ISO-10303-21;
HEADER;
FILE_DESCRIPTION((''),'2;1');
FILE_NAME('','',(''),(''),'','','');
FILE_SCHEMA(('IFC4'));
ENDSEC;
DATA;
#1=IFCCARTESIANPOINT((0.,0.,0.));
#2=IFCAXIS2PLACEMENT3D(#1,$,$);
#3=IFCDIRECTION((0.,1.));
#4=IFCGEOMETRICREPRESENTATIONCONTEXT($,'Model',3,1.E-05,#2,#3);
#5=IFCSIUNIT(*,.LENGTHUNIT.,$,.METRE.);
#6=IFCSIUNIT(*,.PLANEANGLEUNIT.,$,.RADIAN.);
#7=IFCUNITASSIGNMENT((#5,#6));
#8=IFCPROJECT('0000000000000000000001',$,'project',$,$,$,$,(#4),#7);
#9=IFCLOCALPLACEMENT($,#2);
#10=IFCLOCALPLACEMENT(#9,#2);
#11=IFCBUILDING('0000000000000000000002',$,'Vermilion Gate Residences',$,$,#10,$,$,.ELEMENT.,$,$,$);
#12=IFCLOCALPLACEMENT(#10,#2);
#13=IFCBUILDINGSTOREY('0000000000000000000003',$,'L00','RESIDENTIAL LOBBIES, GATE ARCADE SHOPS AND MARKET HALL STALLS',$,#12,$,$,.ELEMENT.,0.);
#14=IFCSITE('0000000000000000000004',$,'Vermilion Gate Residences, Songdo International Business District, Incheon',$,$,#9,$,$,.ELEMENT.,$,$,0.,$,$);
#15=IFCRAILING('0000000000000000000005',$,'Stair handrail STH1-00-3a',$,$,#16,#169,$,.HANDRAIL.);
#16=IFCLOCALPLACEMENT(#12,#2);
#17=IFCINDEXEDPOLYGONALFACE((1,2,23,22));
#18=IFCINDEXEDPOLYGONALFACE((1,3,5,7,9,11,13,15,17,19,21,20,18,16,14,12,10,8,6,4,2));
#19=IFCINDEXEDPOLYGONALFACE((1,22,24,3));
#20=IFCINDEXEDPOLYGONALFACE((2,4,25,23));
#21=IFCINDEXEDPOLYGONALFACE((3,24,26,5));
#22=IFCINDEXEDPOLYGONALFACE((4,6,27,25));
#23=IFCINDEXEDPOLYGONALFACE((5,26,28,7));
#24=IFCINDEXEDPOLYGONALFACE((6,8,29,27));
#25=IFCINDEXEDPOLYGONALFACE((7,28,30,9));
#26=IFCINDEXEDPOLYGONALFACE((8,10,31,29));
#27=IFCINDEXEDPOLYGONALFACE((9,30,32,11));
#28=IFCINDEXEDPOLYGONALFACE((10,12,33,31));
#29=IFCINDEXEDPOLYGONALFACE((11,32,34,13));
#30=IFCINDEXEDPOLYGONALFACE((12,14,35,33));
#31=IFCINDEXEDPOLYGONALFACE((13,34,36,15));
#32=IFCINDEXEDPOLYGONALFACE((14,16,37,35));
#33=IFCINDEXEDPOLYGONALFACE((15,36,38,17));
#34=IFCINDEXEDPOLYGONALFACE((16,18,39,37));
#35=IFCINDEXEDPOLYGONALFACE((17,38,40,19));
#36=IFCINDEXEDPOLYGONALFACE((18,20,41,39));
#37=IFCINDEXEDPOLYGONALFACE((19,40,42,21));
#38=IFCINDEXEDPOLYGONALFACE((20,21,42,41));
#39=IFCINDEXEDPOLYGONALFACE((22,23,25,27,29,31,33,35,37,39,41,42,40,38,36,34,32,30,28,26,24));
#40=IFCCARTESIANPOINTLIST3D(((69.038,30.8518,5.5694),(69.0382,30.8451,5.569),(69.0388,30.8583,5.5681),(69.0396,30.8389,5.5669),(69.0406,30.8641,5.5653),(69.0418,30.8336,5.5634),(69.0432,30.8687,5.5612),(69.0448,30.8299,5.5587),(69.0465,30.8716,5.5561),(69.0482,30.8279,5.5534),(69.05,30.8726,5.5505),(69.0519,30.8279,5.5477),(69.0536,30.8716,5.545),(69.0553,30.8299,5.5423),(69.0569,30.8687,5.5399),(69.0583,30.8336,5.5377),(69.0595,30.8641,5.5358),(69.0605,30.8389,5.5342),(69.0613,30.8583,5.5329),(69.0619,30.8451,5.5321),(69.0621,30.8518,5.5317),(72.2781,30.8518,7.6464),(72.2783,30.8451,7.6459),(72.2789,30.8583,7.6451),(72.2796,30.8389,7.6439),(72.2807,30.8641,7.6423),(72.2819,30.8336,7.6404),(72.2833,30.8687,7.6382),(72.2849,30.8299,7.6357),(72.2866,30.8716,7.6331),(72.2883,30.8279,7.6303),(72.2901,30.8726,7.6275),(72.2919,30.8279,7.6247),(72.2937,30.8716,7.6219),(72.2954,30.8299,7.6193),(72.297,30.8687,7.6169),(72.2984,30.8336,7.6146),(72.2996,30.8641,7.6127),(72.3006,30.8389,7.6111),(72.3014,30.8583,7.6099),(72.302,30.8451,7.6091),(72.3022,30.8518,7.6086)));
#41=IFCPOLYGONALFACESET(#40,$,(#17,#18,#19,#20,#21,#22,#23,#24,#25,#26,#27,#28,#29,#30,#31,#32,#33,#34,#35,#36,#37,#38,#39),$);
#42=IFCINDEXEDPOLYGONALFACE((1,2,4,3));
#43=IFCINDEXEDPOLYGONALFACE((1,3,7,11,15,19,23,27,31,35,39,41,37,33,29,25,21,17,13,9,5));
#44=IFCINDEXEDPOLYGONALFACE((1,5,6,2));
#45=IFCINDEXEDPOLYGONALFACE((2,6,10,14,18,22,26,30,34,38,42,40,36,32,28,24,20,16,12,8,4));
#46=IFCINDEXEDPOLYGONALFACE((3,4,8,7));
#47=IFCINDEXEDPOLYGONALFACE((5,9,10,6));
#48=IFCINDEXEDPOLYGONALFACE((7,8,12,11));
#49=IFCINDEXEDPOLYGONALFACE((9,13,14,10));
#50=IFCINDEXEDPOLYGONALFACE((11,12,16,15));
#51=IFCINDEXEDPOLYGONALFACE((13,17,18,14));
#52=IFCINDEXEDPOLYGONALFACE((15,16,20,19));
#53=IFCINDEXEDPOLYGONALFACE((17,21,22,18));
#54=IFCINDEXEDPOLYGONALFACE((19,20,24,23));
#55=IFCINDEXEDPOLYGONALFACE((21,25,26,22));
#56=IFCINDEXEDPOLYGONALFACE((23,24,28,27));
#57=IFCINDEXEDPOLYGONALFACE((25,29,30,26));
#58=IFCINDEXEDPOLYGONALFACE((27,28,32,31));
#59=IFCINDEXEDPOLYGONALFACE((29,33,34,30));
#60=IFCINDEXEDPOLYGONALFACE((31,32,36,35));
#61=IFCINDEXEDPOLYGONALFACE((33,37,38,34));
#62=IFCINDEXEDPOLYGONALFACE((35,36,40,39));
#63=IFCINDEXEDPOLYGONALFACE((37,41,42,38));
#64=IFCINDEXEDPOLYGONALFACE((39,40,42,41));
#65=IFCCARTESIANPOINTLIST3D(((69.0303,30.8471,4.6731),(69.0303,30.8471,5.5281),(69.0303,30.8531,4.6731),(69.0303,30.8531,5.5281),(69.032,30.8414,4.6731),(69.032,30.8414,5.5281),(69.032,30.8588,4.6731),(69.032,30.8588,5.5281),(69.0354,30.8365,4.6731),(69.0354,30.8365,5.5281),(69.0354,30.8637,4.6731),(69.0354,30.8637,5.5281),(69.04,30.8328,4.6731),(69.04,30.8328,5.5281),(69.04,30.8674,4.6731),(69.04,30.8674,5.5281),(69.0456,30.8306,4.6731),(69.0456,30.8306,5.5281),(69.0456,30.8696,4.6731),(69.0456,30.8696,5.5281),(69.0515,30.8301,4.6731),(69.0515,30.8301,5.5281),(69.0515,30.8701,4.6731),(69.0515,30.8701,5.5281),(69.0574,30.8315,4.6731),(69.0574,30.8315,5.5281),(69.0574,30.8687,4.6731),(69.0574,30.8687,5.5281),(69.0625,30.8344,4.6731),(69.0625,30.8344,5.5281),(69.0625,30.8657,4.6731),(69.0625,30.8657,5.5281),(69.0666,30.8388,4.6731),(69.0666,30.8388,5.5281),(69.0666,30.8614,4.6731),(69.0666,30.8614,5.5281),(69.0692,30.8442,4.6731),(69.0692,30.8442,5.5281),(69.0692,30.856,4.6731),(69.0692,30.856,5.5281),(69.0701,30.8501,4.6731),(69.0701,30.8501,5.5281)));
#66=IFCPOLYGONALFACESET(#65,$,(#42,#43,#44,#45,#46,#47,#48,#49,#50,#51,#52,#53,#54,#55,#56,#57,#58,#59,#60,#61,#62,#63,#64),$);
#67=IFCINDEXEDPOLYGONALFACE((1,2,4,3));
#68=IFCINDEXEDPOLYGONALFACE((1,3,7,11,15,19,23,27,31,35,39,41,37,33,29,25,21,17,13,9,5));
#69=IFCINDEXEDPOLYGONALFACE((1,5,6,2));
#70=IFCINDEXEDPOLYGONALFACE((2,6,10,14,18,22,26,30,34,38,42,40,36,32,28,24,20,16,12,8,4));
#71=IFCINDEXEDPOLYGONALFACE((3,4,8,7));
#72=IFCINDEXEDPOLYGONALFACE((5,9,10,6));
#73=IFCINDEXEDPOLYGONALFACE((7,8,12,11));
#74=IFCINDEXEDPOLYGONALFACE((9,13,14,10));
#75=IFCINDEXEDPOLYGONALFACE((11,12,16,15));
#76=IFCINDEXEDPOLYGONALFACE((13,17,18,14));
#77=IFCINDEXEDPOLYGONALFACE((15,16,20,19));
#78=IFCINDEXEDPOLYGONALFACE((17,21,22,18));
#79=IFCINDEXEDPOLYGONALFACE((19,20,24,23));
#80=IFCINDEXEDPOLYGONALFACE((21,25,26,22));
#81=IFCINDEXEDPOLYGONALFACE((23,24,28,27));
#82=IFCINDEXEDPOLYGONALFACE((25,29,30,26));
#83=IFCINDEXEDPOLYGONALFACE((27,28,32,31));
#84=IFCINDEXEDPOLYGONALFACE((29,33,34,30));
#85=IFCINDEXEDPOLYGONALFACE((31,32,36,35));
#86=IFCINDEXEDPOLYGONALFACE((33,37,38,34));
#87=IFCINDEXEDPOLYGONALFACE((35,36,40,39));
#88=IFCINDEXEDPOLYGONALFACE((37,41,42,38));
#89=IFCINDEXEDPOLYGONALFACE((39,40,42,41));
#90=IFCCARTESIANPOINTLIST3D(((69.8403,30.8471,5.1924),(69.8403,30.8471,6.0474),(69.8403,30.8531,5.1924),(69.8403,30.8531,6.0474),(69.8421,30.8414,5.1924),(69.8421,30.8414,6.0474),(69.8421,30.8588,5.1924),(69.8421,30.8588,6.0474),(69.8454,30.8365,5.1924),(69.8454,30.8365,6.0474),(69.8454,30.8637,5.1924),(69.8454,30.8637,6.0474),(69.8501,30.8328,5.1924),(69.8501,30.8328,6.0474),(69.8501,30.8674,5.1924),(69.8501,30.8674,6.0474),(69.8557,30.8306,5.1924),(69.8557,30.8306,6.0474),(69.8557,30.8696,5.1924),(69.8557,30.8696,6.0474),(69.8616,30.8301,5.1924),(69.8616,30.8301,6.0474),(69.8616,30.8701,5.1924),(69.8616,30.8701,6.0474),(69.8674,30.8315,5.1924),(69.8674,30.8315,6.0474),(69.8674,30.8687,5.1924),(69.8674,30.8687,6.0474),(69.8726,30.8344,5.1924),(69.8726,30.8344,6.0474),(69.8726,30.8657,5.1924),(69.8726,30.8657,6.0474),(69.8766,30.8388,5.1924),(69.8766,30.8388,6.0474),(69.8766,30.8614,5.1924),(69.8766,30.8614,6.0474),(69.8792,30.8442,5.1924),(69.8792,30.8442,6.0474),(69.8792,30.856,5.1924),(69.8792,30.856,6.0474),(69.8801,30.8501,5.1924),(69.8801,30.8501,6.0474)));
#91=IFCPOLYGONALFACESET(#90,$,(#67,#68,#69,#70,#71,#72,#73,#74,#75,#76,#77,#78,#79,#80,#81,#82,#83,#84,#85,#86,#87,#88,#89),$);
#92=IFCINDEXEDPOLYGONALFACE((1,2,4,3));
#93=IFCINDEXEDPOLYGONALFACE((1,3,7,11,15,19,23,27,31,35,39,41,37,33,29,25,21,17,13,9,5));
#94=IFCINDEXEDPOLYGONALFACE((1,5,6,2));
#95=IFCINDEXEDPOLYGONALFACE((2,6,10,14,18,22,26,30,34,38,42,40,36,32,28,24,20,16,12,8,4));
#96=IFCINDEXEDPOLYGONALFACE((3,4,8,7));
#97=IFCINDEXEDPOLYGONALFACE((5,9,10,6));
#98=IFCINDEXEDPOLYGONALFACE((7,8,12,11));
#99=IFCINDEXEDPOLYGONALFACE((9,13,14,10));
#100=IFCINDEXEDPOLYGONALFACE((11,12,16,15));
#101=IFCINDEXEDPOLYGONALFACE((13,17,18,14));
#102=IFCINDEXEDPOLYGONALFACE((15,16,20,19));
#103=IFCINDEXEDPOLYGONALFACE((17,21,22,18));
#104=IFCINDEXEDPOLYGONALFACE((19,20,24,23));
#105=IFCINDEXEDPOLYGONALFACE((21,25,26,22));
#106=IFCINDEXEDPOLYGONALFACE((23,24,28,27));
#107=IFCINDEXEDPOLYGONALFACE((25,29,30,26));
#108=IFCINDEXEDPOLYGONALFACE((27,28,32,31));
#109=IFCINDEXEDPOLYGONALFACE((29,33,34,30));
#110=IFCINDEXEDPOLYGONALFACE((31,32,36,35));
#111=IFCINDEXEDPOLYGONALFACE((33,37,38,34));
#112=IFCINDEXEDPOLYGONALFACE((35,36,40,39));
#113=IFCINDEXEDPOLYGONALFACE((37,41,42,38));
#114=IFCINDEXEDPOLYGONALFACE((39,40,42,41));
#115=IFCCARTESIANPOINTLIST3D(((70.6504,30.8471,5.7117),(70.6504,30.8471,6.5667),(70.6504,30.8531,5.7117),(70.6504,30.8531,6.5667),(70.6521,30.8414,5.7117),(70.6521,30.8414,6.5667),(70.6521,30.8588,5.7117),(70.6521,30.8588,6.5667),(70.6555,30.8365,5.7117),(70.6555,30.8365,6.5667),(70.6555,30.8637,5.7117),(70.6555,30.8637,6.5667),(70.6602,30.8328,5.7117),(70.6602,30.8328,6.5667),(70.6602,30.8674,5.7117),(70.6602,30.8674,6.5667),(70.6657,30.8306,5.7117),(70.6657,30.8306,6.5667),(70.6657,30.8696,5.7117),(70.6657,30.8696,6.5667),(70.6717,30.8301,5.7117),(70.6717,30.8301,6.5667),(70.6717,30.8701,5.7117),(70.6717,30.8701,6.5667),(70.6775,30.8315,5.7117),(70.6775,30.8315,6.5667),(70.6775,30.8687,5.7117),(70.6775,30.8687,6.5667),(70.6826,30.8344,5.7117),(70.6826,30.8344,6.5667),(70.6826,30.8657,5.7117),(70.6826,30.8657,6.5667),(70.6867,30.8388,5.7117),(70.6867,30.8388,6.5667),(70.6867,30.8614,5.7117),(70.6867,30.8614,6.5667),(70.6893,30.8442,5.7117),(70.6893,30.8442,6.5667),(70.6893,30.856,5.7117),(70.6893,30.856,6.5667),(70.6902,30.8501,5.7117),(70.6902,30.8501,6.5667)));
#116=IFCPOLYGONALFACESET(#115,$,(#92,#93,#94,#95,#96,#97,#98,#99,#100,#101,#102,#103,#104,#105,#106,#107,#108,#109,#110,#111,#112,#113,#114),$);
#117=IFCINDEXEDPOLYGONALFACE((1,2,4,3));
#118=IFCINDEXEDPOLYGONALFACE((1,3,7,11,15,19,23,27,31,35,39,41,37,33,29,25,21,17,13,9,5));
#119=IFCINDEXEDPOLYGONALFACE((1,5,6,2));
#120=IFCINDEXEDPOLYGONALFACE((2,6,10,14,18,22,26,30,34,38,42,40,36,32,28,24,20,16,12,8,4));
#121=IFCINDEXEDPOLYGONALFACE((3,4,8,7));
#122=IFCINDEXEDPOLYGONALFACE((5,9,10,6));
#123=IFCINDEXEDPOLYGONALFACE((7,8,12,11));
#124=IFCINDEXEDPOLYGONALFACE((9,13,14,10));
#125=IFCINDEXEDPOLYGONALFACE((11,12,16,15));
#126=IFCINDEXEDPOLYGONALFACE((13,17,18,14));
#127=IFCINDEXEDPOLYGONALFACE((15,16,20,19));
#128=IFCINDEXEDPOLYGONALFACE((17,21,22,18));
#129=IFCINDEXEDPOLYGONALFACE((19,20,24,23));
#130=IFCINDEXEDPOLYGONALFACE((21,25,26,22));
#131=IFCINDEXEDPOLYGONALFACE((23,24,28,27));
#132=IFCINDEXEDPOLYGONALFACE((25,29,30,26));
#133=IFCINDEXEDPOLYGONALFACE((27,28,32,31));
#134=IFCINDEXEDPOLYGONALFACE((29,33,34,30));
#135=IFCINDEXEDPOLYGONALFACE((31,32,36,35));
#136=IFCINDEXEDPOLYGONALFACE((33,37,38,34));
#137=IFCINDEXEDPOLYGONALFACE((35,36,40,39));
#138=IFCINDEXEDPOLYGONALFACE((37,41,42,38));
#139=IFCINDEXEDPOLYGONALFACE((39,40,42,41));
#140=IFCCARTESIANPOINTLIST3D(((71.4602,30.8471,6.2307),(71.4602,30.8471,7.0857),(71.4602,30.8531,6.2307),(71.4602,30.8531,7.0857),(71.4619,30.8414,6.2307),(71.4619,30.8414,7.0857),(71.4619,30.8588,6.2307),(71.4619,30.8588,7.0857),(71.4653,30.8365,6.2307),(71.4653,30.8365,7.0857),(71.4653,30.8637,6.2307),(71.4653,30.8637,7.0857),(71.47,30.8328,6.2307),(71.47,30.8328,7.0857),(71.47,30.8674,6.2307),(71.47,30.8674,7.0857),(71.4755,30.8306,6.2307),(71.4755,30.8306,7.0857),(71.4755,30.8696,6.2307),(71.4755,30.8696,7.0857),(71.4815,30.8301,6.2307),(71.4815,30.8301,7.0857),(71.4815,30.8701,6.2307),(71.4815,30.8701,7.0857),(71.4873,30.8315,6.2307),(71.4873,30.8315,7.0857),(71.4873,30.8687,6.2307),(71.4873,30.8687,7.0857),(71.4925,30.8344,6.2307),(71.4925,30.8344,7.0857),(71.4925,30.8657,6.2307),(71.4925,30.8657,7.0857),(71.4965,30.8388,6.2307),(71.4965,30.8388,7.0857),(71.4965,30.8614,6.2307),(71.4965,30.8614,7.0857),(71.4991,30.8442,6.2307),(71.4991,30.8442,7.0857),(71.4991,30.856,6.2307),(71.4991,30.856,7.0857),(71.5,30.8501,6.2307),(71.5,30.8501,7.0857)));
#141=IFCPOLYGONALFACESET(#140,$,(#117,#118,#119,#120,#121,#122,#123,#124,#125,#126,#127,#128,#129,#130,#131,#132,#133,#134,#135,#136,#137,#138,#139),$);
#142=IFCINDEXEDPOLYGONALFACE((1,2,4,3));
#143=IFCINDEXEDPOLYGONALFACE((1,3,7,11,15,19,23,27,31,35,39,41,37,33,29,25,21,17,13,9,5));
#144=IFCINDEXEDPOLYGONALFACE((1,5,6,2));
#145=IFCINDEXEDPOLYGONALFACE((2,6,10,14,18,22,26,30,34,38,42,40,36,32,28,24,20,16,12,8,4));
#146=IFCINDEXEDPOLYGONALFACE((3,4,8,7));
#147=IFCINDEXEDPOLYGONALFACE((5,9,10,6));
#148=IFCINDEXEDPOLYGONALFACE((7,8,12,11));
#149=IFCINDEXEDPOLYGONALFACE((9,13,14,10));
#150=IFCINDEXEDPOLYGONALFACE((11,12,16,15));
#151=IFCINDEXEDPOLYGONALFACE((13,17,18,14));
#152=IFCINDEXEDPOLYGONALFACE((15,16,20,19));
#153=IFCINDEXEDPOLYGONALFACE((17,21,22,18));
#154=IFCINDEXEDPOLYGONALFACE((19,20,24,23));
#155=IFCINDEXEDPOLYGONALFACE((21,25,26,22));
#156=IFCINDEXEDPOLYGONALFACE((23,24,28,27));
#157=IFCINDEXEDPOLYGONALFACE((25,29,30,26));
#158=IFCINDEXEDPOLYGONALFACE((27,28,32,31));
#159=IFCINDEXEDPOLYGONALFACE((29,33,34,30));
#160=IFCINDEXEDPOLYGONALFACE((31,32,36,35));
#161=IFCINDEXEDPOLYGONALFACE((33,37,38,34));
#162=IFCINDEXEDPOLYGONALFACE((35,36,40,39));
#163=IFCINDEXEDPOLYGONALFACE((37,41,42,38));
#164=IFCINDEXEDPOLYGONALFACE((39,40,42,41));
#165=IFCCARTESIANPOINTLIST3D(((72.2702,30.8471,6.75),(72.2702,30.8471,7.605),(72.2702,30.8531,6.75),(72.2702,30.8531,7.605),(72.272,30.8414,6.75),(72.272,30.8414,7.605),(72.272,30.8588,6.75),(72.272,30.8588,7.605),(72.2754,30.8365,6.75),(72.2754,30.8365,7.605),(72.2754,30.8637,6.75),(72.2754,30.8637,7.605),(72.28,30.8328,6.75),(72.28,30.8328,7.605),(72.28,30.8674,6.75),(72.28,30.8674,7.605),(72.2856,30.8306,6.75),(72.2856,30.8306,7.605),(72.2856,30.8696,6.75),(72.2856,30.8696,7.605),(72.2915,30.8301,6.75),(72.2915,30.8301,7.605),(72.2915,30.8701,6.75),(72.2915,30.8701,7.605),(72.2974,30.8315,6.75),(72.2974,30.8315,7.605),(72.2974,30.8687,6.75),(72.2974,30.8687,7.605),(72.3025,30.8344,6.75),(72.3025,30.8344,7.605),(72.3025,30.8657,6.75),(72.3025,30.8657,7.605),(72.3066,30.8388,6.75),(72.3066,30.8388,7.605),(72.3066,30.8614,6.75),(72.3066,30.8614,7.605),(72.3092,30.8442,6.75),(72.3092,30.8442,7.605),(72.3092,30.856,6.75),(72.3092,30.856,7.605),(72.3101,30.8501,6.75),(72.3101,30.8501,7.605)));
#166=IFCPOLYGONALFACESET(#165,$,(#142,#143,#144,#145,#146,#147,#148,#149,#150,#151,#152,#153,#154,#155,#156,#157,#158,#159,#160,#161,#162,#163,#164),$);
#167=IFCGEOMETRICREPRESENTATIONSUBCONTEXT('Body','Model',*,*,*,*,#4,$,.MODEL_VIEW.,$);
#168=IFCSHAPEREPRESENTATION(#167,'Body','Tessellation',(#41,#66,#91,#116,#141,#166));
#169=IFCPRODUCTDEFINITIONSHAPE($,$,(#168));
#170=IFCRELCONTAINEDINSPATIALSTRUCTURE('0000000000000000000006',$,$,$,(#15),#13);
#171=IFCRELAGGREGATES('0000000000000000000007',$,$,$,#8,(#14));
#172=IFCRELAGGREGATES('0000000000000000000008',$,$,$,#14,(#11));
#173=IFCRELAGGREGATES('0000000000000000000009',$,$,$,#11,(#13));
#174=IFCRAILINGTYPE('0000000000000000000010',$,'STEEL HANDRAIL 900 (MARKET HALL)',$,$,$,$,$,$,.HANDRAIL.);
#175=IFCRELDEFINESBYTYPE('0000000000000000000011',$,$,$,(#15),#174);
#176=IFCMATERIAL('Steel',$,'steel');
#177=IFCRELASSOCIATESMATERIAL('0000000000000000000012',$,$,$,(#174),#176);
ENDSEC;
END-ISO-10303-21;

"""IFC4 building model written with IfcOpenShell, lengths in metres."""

from ifc_helpers import new_model, si_unit, direction, frame, origin, origin_2d, place, context, subcontext, project, spatial, circle, extrude, material, type_object, element, save


model = new_model("IFC4")

# Units and contexts
model_context = context("Model", 3, precision=1e-05, world=origin(), true_north=direction((0.0, 1.0)))
body_context = subcontext(model_context, "Body", "Model", "MODEL_VIEW")
ifc_project = project(units=[si_unit("LENGTHUNIT", "METRE"), si_unit("PLANEANGLEUNIT", "RADIAN")], contexts=[model_context])

# Site, building, storey
site_placement = place(None, origin())
site = spatial("IfcSite", under=ifc_project, at=site_placement, Name="Vermilion Gate Residences, Songdo International Business District, Incheon", CompositionType="ELEMENT", RefElevation=0.0)
building_placement = place(site_placement, origin())
building = spatial("IfcBuilding", under=site, at=building_placement, Name="Vermilion Gate Residences", CompositionType="ELEMENT")
storey_placement = place(building_placement, origin())
storey = spatial("IfcBuildingStorey", under=building, at=storey_placement, Name="L00", Description="RESIDENTIAL LOBBIES, GATE ARCADE SHOPS AND MARKET HALL STALLS", CompositionType="ELEMENT", Elevation=0.0)

# Railing
ifc_material_1 = material(Name="Steel", Category="steel")
railing_type = type_object("IfcRailingType", Name="STEEL HANDRAIL 900 (MARKET HALL)", PredefinedType="HANDRAIL", material=ifc_material_1)
for number, where, name in (
    (1, (69.05, 30.8501, 4.6731), "Stair handrail STH1-00-3a"),
):
    element("IfcRailing", number, at=place(storey_placement, frame(where)), inside=storey, type_object=railing_type, Name=name, PredefinedType="HANDRAIL", context=body_context, shape_type="SweptSolid", body=[
        extrude(circle(Radius=0.0225, at=origin_2d()), frame((0.0, 0.0, 0.8774), z_axis=(0.841881, 0.0, 0.539664), x_axis=(0.0, 1.0, 0.0)), (0.0, 0.0, 1.0), 3.8486),
        extrude(circle(Radius=0.02, at=origin_2d()), origin(), (0.0, 0.0, 1.0), 0.855),
        extrude(circle(Radius=0.02, at=origin_2d()), frame((0.8101, 0.0, 0.5193)), (0.0, 0.0, 1.0), 0.855),
        extrude(circle(Radius=0.02, at=origin_2d()), frame((1.6201, 0.0, 1.0386)), (0.0, 0.0, 1.0), 0.855),
        extrude(circle(Radius=0.02, at=origin_2d()), frame((2.4299, 0.0, 1.5576)), (0.0, 0.0, 1.0), 0.855),
        extrude(circle(Radius=0.02, at=origin_2d()), frame((3.24, 0.0, 2.0769)), (0.0, 0.0, 1.0), 0.855),
    ])

save(model, "model.ifc")
